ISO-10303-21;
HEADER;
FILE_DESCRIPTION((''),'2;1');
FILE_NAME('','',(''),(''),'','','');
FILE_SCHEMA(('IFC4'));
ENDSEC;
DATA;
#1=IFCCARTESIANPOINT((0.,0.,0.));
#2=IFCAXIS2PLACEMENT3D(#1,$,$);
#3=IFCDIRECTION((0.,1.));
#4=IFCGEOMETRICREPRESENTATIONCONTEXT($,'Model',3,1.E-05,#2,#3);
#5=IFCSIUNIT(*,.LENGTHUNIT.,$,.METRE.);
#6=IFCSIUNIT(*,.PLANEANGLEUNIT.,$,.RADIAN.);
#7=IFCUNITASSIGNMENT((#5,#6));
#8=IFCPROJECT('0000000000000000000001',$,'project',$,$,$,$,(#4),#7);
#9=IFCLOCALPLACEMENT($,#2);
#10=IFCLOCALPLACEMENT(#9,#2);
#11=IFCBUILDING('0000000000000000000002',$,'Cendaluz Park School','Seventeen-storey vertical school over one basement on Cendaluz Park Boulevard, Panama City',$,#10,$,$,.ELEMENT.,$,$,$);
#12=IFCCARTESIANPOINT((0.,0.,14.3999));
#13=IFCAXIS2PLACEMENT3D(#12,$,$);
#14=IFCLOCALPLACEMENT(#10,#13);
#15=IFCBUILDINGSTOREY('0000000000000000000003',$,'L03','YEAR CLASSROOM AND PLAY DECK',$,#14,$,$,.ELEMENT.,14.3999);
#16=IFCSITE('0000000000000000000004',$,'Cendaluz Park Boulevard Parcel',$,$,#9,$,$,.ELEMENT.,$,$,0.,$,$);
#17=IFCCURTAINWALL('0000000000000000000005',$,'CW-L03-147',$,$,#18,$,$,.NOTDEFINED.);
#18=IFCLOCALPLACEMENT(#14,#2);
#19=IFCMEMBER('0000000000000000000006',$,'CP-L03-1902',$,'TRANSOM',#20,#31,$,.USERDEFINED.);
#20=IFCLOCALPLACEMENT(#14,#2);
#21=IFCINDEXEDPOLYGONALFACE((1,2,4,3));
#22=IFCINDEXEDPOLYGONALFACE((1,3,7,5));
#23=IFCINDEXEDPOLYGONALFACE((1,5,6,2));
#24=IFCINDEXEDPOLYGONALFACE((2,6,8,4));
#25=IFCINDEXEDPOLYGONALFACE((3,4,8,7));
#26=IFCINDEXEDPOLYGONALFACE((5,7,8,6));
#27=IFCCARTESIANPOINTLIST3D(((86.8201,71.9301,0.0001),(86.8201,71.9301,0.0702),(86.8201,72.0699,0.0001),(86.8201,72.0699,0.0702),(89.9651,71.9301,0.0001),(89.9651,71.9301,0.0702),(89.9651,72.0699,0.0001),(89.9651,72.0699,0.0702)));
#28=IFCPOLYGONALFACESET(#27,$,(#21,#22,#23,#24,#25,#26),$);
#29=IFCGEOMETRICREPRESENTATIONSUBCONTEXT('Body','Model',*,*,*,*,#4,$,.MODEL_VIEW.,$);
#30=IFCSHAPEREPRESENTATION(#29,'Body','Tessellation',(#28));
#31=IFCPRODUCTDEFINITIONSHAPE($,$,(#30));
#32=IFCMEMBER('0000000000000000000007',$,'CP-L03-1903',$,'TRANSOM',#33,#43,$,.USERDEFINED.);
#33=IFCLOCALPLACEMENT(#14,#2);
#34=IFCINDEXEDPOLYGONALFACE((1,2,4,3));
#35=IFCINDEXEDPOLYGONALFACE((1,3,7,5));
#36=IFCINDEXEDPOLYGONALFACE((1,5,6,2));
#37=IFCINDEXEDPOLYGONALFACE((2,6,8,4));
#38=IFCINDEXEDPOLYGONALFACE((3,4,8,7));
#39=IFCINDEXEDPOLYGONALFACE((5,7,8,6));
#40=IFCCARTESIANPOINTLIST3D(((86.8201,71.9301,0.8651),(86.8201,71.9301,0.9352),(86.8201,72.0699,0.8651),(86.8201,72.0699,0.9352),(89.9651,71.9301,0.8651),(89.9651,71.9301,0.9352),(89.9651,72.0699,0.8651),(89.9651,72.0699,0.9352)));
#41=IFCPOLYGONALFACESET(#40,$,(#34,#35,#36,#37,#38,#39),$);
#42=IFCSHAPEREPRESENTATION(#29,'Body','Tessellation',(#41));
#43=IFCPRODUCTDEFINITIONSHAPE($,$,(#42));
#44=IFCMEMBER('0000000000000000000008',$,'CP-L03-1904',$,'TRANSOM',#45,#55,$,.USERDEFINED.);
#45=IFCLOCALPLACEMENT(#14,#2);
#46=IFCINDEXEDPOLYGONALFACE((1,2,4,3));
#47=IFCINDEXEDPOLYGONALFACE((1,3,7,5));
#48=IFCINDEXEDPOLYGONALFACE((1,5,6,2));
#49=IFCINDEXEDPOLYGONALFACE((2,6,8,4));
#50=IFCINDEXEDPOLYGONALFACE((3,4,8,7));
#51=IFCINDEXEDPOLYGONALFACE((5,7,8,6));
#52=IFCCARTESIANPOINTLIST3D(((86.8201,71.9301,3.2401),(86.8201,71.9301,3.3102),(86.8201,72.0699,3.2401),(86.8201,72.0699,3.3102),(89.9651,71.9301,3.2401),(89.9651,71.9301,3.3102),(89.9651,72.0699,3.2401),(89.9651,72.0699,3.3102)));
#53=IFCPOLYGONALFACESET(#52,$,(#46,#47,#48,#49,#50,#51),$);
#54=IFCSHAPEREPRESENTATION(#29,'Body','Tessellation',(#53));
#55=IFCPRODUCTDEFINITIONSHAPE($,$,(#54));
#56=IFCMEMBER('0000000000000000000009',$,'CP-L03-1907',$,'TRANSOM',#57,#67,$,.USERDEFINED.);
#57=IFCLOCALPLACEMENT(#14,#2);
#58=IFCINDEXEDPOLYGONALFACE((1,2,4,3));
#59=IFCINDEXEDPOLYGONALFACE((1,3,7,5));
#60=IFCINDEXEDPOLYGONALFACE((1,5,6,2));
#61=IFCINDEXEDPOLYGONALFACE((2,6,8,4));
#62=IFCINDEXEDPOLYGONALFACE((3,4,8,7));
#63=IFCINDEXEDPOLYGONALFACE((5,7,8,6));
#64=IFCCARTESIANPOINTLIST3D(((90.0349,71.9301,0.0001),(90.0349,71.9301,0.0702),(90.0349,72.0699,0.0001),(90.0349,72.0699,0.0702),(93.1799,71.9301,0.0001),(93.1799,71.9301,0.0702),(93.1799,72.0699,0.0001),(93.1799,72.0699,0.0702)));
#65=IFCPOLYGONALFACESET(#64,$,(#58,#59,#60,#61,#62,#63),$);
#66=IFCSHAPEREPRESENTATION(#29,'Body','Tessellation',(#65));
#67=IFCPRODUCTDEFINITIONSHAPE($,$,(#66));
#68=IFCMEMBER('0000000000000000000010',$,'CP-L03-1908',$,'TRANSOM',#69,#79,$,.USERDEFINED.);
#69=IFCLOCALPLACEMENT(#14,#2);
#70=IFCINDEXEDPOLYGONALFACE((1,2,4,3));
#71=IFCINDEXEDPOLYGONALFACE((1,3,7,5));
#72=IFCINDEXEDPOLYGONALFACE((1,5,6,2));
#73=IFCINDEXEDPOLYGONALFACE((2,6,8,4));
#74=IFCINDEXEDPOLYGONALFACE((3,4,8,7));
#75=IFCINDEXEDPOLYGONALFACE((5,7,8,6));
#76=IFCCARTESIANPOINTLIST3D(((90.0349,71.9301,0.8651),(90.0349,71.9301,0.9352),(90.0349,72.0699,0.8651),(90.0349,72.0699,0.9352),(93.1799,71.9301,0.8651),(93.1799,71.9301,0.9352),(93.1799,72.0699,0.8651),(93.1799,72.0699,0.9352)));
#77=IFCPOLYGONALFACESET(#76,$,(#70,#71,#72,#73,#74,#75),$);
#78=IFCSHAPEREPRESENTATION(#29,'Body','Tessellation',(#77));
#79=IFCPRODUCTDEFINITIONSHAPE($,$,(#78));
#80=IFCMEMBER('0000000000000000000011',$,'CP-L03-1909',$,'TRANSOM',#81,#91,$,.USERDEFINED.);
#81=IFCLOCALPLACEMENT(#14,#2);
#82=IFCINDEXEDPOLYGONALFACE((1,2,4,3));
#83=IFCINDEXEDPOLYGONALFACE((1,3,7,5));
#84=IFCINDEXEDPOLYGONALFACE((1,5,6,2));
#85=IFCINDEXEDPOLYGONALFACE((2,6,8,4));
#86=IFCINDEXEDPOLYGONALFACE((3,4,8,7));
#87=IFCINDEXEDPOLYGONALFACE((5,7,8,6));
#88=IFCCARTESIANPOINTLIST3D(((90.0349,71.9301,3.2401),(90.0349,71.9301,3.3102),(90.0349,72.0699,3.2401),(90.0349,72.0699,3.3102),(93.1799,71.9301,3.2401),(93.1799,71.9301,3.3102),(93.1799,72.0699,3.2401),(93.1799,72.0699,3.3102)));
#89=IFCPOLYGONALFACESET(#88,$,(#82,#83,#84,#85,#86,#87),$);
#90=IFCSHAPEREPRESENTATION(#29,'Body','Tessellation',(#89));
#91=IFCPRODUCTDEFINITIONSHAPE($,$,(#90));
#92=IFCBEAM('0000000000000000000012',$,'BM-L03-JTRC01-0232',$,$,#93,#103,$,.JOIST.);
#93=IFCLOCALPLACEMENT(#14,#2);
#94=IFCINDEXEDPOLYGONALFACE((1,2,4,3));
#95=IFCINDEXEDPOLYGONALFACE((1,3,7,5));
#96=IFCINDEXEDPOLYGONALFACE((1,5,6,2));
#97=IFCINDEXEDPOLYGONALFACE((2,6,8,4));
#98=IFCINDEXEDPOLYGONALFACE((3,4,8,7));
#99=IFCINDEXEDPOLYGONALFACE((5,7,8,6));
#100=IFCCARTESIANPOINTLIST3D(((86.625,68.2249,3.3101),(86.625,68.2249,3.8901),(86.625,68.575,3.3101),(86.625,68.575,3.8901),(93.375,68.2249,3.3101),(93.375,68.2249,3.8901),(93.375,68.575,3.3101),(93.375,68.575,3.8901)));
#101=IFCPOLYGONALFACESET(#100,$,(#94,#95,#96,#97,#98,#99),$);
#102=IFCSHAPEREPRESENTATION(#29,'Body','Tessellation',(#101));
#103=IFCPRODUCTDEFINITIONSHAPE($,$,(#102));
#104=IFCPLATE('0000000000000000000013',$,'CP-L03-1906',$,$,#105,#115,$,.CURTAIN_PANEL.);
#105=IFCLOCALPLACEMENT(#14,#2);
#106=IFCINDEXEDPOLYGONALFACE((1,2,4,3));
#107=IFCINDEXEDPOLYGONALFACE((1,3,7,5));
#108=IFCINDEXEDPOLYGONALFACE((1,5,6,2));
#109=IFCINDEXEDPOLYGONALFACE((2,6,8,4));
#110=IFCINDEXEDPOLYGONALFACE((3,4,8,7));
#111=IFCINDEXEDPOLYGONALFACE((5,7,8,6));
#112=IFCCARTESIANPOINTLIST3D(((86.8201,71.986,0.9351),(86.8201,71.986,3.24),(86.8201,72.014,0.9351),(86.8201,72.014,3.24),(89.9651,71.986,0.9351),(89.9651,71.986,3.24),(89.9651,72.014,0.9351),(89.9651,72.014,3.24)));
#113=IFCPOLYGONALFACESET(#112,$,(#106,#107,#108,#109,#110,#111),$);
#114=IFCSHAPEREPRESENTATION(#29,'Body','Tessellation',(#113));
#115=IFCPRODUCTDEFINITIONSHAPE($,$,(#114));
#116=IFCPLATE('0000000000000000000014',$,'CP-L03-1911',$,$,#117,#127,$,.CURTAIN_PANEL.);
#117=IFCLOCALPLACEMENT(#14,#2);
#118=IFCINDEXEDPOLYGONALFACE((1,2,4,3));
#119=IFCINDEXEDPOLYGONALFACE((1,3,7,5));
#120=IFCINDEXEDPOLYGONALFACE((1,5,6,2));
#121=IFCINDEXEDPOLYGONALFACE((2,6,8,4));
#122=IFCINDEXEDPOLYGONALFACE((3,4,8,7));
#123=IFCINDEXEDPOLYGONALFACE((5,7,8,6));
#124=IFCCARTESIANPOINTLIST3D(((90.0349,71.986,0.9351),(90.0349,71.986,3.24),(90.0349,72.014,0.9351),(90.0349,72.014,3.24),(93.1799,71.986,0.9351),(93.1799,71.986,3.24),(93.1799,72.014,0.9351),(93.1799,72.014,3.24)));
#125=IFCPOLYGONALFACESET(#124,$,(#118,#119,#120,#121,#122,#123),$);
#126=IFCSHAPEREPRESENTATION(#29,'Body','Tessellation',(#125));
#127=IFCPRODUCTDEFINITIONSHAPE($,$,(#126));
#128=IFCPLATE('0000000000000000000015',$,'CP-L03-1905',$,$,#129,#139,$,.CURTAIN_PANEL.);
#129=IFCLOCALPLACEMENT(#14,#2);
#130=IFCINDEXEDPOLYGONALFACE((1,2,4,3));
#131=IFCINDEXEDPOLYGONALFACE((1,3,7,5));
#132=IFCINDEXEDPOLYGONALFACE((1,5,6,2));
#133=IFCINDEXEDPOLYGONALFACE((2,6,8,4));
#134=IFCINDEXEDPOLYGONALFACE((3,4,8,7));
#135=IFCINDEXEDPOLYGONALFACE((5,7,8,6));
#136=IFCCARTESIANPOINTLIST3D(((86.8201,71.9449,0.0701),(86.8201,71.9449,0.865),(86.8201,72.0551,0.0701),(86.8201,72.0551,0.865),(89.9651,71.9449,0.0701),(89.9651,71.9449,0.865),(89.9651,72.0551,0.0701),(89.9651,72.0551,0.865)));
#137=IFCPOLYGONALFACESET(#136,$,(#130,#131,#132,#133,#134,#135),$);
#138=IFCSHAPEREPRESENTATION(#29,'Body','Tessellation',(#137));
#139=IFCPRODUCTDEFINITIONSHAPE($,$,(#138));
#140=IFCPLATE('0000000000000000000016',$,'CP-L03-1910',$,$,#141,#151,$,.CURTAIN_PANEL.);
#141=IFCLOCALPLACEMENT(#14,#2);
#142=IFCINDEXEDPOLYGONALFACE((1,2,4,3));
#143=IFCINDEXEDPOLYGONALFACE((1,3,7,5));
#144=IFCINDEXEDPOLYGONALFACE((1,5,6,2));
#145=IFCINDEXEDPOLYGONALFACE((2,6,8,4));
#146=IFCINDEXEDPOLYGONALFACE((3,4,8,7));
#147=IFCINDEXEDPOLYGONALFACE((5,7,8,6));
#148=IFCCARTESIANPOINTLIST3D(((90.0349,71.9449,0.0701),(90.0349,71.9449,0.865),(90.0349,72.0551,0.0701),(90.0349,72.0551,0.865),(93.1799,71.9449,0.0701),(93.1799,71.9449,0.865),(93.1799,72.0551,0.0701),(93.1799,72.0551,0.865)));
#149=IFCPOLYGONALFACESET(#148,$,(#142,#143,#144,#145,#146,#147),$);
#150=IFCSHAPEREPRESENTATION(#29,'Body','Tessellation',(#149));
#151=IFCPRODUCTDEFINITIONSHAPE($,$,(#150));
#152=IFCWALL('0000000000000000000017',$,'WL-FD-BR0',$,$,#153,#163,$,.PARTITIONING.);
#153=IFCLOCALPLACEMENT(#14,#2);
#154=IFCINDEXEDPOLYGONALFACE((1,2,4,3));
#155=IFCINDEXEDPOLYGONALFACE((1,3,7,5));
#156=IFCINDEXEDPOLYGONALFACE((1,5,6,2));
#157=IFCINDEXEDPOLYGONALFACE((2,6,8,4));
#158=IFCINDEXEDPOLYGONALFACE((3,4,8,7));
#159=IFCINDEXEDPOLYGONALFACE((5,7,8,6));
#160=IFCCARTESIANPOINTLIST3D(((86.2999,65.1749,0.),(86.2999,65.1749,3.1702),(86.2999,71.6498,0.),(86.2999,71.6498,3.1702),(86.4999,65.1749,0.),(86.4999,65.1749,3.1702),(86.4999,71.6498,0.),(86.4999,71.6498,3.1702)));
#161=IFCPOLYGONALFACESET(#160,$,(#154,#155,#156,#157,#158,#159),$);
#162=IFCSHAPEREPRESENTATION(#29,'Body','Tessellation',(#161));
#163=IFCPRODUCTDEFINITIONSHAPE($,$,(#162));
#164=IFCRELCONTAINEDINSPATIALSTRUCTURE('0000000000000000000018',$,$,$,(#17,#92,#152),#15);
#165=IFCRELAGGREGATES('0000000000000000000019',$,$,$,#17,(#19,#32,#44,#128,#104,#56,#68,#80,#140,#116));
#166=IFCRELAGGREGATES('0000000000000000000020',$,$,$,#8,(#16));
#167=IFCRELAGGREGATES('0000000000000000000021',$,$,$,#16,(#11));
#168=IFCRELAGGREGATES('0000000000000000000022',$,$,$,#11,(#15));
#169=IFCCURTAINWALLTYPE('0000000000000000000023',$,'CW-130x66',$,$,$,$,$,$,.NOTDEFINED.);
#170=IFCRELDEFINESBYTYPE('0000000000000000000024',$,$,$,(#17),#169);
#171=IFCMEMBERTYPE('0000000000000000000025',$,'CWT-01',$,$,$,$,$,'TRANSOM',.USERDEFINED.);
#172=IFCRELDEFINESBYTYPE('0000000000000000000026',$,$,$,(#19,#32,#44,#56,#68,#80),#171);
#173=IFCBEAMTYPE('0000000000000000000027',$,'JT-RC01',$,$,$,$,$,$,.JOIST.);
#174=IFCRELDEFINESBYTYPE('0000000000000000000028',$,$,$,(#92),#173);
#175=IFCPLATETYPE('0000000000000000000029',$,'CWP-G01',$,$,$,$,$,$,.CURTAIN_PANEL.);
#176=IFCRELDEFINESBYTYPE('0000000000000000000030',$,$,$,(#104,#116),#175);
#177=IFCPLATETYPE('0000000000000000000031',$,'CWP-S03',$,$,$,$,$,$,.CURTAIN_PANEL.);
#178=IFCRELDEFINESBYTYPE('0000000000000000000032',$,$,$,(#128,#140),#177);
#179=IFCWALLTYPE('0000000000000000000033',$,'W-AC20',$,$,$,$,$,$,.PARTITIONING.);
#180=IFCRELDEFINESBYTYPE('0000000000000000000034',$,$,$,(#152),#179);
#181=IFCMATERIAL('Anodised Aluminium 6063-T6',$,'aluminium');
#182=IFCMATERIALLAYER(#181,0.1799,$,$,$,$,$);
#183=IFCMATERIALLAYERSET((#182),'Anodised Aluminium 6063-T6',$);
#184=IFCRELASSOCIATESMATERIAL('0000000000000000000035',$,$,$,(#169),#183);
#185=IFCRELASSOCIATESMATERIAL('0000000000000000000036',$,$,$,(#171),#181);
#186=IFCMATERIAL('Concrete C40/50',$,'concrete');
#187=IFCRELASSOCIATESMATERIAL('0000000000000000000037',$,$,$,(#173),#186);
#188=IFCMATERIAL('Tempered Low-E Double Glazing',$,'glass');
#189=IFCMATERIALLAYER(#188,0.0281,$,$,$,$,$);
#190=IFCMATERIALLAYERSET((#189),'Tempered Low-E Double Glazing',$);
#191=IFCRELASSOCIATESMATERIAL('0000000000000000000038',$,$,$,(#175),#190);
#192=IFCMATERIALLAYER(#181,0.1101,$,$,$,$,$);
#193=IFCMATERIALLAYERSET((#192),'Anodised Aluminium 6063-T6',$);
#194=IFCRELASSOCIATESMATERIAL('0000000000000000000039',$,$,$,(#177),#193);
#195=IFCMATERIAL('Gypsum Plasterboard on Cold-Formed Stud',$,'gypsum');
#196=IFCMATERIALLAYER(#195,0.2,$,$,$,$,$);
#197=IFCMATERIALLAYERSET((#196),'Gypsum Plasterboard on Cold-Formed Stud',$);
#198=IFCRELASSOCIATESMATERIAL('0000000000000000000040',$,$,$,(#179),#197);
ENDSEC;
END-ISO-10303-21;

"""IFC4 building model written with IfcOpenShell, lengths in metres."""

from ifc_helpers import new_model, si_unit, direction, frame, frame_2d, origin, origin_2d, place, context, subcontext, project, spatial, rectangle, extrude, material, layer, layer_set, material_profile, profile_set, type_object, element, aggregate, save


model = new_model("IFC4")

# Units and contexts
model_context = context("Model", 3, precision=1e-05, world=origin(), true_north=direction((0.0, 1.0)))
body_context = subcontext(model_context, "Body", "Model", "MODEL_VIEW")
ifc_project = project(units=[si_unit("LENGTHUNIT", "METRE"), si_unit("PLANEANGLEUNIT", "RADIAN")], contexts=[model_context])

# Site, building, storey
site_placement = place(None, origin())
site = spatial("IfcSite", under=ifc_project, at=site_placement, Name="Cendaluz Park Boulevard Parcel", CompositionType="ELEMENT", RefElevation=0.0)
building_placement = place(site_placement, origin())
building = spatial("IfcBuilding", under=site, at=building_placement, Name="Cendaluz Park School", Description="Seventeen-storey vertical school over one basement on Cendaluz Park Boulevard, Panama City", CompositionType="ELEMENT")
storey_placement = place(building_placement, frame((0.0, 0.0, 14.3999)))
storey = spatial("IfcBuildingStorey", under=building, at=storey_placement, Name="L03", Description="YEAR CLASSROOM AND PLAY DECK", CompositionType="ELEMENT", Elevation=14.3999)

# Shared definitions
ifc_material_1 = material(Name="Concrete C40/50", Category="concrete")

# Curtain wall, members
ifc_material_2 = material(Name="Anodised Aluminium 6063-T6", Category="aluminium")
ifc_layer_1 = layer(ifc_material_2, 0.1799)
ifc_layer_set_1 = layer_set([ifc_layer_1], Name="Anodised Aluminium 6063-T6")
curtain_wall_type = type_object("IfcCurtainWallType", Name="CW-130x66", PredefinedType="NOTDEFINED", material=ifc_layer_set_1)
curtain_wall_placement = place(storey_placement, origin())
curtain_wall = element("IfcCurtainWall", 1, at=curtain_wall_placement, inside=storey, type_object=curtain_wall_type, Name="CW-L03-147", PredefinedType="NOTDEFINED")
ifc_material_profile_1 = material_profile(ifc_material_2, rectangle(XDim=0.1399, YDim=0.0701, at=origin_2d()), Name="CWT 140x70", Category="aluminium")
ifc_profile_set_1 = profile_set([ifc_material_profile_1], Name="Anodised Aluminium 6063-T6")
member_type_1 = type_object("IfcMemberType", Name="CWT-01", ElementType="TRANSOM", PredefinedType="USERDEFINED", material=ifc_profile_set_1)
member_1_placement = place(storey_placement, frame((86.8201, 72.0, 0.0352), z_axis=(1.0, 0.0, 0.0), x_axis=(0.0, 1.0, 0.0)))
member_1 = element("IfcMember", 2, at=member_1_placement, type_object=member_type_1, Name="CP-L03-1902", ObjectType="TRANSOM", PredefinedType="USERDEFINED", context=body_context, shape_type="SweptSolid", body=[
    extrude(rectangle(XDim=0.1399, YDim=0.0701, at=origin_2d()), origin(), (0.0, 0.0, 1.0), 3.145),
])
member_2_placement = place(storey_placement, frame((86.8201, 72.0, 0.9001), z_axis=(1.0, 0.0, 0.0), x_axis=(0.0, 1.0, 0.0)))
member_2 = element("IfcMember", 3, at=member_2_placement, type_object=member_type_1, Name="CP-L03-1903", ObjectType="TRANSOM", PredefinedType="USERDEFINED", context=body_context, shape_type="SweptSolid", body=[
    extrude(rectangle(XDim=0.1399, YDim=0.0701, at=origin_2d()), origin(), (0.0, 0.0, 1.0), 3.145),
])
member_3_placement = place(storey_placement, frame((86.8201, 72.0, 3.2751), z_axis=(1.0, 0.0, 0.0), x_axis=(0.0, 1.0, 0.0)))
member_3 = element("IfcMember", 4, at=member_3_placement, type_object=member_type_1, Name="CP-L03-1904", ObjectType="TRANSOM", PredefinedType="USERDEFINED", context=body_context, shape_type="SweptSolid", body=[
    extrude(rectangle(XDim=0.1399, YDim=0.0701, at=origin_2d()), origin(), (0.0, 0.0, 1.0), 3.145),
])
member_4_placement = place(storey_placement, frame((90.0349, 72.0, 0.0352), z_axis=(1.0, 0.0, 0.0), x_axis=(0.0, 1.0, 0.0)))
member_4 = element("IfcMember", 5, at=member_4_placement, type_object=member_type_1, Name="CP-L03-1907", ObjectType="TRANSOM", PredefinedType="USERDEFINED", context=body_context, shape_type="SweptSolid", body=[
    extrude(rectangle(XDim=0.1399, YDim=0.0701, at=origin_2d()), origin(), (0.0, 0.0, 1.0), 3.145),
])
member_5_placement = place(storey_placement, frame((90.0349, 72.0, 0.9001), z_axis=(1.0, 0.0, 0.0), x_axis=(0.0, 1.0, 0.0)))
member_5 = element("IfcMember", 6, at=member_5_placement, type_object=member_type_1, Name="CP-L03-1908", ObjectType="TRANSOM", PredefinedType="USERDEFINED", context=body_context, shape_type="SweptSolid", body=[
    extrude(rectangle(XDim=0.1399, YDim=0.0701, at=origin_2d()), origin(), (0.0, 0.0, 1.0), 3.145),
])
member_6_placement = place(storey_placement, frame((90.0349, 72.0, 3.2751), z_axis=(1.0, 0.0, 0.0), x_axis=(0.0, 1.0, 0.0)))
member_6 = element("IfcMember", 7, at=member_6_placement, type_object=member_type_1, Name="CP-L03-1909", ObjectType="TRANSOM", PredefinedType="USERDEFINED", context=body_context, shape_type="SweptSolid", body=[
    extrude(rectangle(XDim=0.1399, YDim=0.0701, at=origin_2d()), origin(), (0.0, 0.0, 1.0), 3.145),
])

# Beam
ifc_material_profile_2 = material_profile(ifc_material_1, rectangle(XDim=0.3501, YDim=0.5801, at=origin_2d()), Name="RC 350x580", Category="concrete")
ifc_profile_set_2 = profile_set([ifc_material_profile_2], Name="Concrete C40/50")
beam_type_1 = type_object("IfcBeamType", Name="JT-RC01", PredefinedType="JOIST", material=ifc_profile_set_2)
beam_1_placement = place(storey_placement, frame((86.625, 68.3999, 3.6001), z_axis=(1.0, 0.0, 0.0), x_axis=(0.0, 1.0, 0.0)))
element("IfcBeam", 8, at=beam_1_placement, inside=storey, type_object=beam_type_1, Name="BM-L03-JTRC01-0232", PredefinedType="JOIST", context=body_context, shape_type="SweptSolid", body=[
    extrude(rectangle(XDim=0.3501, YDim=0.5801, at=origin_2d()), origin(), (0.0, 0.0, 1.0), 6.75),
])

# Plates
ifc_material_3 = material(Name="Tempered Low-E Double Glazing", Category="glass")
ifc_layer_2 = layer(ifc_material_3, 0.0281)
ifc_layer_set_2 = layer_set([ifc_layer_2], Name="Tempered Low-E Double Glazing")
plate_type_1 = type_object("IfcPlateType", Name="CWP-G01", PredefinedType="CURTAIN_PANEL", material=ifc_layer_set_2)
plate_1_placement = place(storey_placement, frame((88.3926, 72.0, 0.9351), z_axis=(0.0, 0.0, 1.0), x_axis=(1.0, 0.0, 0.0)))
plate_1 = element("IfcPlate", 9, at=plate_1_placement, type_object=plate_type_1, Name="CP-L03-1906", PredefinedType="CURTAIN_PANEL", context=body_context, shape_type="SweptSolid", body=[
    extrude(rectangle(XDim=3.145, YDim=0.0281, at=origin_2d()), origin(), (0.0, 0.0, 1.0), 2.3049),
])
plate_2_placement = place(storey_placement, frame((91.6074, 72.0, 0.9351), z_axis=(0.0, 0.0, 1.0), x_axis=(1.0, 0.0, 0.0)))
plate_2 = element("IfcPlate", 10, at=plate_2_placement, type_object=plate_type_1, Name="CP-L03-1911", PredefinedType="CURTAIN_PANEL", context=body_context, shape_type="SweptSolid", body=[
    extrude(rectangle(XDim=3.145, YDim=0.0281, at=origin_2d()), origin(), (0.0, 0.0, 1.0), 2.3049),
])
ifc_layer_3 = layer(ifc_material_2, 0.1101)
ifc_layer_set_3 = layer_set([ifc_layer_3], Name="Anodised Aluminium 6063-T6")
plate_type_2 = type_object("IfcPlateType", Name="CWP-S03", PredefinedType="CURTAIN_PANEL", material=ifc_layer_set_3)
plate_3_placement = place(storey_placement, frame((88.3926, 72.0, 0.0701), z_axis=(0.0, 0.0, 1.0), x_axis=(1.0, 0.0, 0.0)))
plate_3 = element("IfcPlate", 11, at=plate_3_placement, type_object=plate_type_2, Name="CP-L03-1905", PredefinedType="CURTAIN_PANEL", context=body_context, shape_type="SweptSolid", body=[
    extrude(rectangle(XDim=3.145, YDim=0.1101, at=origin_2d()), origin(), (0.0, 0.0, 1.0), 0.7949),
])
plate_4_placement = place(storey_placement, frame((91.6074, 72.0, 0.0701), z_axis=(0.0, 0.0, 1.0), x_axis=(1.0, 0.0, 0.0)))
plate_4 = element("IfcPlate", 12, at=plate_4_placement, type_object=plate_type_2, Name="CP-L03-1910", PredefinedType="CURTAIN_PANEL", context=body_context, shape_type="SweptSolid", body=[
    extrude(rectangle(XDim=3.145, YDim=0.1101, at=origin_2d()), origin(), (0.0, 0.0, 1.0), 0.7949),
])
aggregate(curtain_wall, [member_1, member_2, member_3, plate_3, plate_1, member_4, member_5, member_6, plate_4, plate_2])

# Wall
ifc_material_4 = material(Name="Gypsum Plasterboard on Cold-Formed Stud", Category="gypsum")
ifc_layer_4 = layer(ifc_material_4, 0.2)
ifc_layer_set_4 = layer_set([ifc_layer_4], Name="Gypsum Plasterboard on Cold-Formed Stud")
wall_type_1 = type_object("IfcWallType", Name="W-AC20", PredefinedType="PARTITIONING", material=ifc_layer_set_4)
wall_1_placement = place(storey_placement, frame((86.3999, 65.175, 0.0), z_axis=(0.0, 0.0, 1.0), x_axis=(0.0, 1.0, 0.0)))
element("IfcWall", 13, at=wall_1_placement, inside=storey, type_object=wall_type_1, Name="WL-FD-BR0", PredefinedType="PARTITIONING", context=body_context, shape_type="SweptSolid", body=[
    extrude(rectangle(XDim=6.4749, YDim=0.2, at=frame_2d((3.2373, 0.0))), origin(), (0.0, 0.0, 1.0), 3.1702),
])

save(model, "model.ifc")
